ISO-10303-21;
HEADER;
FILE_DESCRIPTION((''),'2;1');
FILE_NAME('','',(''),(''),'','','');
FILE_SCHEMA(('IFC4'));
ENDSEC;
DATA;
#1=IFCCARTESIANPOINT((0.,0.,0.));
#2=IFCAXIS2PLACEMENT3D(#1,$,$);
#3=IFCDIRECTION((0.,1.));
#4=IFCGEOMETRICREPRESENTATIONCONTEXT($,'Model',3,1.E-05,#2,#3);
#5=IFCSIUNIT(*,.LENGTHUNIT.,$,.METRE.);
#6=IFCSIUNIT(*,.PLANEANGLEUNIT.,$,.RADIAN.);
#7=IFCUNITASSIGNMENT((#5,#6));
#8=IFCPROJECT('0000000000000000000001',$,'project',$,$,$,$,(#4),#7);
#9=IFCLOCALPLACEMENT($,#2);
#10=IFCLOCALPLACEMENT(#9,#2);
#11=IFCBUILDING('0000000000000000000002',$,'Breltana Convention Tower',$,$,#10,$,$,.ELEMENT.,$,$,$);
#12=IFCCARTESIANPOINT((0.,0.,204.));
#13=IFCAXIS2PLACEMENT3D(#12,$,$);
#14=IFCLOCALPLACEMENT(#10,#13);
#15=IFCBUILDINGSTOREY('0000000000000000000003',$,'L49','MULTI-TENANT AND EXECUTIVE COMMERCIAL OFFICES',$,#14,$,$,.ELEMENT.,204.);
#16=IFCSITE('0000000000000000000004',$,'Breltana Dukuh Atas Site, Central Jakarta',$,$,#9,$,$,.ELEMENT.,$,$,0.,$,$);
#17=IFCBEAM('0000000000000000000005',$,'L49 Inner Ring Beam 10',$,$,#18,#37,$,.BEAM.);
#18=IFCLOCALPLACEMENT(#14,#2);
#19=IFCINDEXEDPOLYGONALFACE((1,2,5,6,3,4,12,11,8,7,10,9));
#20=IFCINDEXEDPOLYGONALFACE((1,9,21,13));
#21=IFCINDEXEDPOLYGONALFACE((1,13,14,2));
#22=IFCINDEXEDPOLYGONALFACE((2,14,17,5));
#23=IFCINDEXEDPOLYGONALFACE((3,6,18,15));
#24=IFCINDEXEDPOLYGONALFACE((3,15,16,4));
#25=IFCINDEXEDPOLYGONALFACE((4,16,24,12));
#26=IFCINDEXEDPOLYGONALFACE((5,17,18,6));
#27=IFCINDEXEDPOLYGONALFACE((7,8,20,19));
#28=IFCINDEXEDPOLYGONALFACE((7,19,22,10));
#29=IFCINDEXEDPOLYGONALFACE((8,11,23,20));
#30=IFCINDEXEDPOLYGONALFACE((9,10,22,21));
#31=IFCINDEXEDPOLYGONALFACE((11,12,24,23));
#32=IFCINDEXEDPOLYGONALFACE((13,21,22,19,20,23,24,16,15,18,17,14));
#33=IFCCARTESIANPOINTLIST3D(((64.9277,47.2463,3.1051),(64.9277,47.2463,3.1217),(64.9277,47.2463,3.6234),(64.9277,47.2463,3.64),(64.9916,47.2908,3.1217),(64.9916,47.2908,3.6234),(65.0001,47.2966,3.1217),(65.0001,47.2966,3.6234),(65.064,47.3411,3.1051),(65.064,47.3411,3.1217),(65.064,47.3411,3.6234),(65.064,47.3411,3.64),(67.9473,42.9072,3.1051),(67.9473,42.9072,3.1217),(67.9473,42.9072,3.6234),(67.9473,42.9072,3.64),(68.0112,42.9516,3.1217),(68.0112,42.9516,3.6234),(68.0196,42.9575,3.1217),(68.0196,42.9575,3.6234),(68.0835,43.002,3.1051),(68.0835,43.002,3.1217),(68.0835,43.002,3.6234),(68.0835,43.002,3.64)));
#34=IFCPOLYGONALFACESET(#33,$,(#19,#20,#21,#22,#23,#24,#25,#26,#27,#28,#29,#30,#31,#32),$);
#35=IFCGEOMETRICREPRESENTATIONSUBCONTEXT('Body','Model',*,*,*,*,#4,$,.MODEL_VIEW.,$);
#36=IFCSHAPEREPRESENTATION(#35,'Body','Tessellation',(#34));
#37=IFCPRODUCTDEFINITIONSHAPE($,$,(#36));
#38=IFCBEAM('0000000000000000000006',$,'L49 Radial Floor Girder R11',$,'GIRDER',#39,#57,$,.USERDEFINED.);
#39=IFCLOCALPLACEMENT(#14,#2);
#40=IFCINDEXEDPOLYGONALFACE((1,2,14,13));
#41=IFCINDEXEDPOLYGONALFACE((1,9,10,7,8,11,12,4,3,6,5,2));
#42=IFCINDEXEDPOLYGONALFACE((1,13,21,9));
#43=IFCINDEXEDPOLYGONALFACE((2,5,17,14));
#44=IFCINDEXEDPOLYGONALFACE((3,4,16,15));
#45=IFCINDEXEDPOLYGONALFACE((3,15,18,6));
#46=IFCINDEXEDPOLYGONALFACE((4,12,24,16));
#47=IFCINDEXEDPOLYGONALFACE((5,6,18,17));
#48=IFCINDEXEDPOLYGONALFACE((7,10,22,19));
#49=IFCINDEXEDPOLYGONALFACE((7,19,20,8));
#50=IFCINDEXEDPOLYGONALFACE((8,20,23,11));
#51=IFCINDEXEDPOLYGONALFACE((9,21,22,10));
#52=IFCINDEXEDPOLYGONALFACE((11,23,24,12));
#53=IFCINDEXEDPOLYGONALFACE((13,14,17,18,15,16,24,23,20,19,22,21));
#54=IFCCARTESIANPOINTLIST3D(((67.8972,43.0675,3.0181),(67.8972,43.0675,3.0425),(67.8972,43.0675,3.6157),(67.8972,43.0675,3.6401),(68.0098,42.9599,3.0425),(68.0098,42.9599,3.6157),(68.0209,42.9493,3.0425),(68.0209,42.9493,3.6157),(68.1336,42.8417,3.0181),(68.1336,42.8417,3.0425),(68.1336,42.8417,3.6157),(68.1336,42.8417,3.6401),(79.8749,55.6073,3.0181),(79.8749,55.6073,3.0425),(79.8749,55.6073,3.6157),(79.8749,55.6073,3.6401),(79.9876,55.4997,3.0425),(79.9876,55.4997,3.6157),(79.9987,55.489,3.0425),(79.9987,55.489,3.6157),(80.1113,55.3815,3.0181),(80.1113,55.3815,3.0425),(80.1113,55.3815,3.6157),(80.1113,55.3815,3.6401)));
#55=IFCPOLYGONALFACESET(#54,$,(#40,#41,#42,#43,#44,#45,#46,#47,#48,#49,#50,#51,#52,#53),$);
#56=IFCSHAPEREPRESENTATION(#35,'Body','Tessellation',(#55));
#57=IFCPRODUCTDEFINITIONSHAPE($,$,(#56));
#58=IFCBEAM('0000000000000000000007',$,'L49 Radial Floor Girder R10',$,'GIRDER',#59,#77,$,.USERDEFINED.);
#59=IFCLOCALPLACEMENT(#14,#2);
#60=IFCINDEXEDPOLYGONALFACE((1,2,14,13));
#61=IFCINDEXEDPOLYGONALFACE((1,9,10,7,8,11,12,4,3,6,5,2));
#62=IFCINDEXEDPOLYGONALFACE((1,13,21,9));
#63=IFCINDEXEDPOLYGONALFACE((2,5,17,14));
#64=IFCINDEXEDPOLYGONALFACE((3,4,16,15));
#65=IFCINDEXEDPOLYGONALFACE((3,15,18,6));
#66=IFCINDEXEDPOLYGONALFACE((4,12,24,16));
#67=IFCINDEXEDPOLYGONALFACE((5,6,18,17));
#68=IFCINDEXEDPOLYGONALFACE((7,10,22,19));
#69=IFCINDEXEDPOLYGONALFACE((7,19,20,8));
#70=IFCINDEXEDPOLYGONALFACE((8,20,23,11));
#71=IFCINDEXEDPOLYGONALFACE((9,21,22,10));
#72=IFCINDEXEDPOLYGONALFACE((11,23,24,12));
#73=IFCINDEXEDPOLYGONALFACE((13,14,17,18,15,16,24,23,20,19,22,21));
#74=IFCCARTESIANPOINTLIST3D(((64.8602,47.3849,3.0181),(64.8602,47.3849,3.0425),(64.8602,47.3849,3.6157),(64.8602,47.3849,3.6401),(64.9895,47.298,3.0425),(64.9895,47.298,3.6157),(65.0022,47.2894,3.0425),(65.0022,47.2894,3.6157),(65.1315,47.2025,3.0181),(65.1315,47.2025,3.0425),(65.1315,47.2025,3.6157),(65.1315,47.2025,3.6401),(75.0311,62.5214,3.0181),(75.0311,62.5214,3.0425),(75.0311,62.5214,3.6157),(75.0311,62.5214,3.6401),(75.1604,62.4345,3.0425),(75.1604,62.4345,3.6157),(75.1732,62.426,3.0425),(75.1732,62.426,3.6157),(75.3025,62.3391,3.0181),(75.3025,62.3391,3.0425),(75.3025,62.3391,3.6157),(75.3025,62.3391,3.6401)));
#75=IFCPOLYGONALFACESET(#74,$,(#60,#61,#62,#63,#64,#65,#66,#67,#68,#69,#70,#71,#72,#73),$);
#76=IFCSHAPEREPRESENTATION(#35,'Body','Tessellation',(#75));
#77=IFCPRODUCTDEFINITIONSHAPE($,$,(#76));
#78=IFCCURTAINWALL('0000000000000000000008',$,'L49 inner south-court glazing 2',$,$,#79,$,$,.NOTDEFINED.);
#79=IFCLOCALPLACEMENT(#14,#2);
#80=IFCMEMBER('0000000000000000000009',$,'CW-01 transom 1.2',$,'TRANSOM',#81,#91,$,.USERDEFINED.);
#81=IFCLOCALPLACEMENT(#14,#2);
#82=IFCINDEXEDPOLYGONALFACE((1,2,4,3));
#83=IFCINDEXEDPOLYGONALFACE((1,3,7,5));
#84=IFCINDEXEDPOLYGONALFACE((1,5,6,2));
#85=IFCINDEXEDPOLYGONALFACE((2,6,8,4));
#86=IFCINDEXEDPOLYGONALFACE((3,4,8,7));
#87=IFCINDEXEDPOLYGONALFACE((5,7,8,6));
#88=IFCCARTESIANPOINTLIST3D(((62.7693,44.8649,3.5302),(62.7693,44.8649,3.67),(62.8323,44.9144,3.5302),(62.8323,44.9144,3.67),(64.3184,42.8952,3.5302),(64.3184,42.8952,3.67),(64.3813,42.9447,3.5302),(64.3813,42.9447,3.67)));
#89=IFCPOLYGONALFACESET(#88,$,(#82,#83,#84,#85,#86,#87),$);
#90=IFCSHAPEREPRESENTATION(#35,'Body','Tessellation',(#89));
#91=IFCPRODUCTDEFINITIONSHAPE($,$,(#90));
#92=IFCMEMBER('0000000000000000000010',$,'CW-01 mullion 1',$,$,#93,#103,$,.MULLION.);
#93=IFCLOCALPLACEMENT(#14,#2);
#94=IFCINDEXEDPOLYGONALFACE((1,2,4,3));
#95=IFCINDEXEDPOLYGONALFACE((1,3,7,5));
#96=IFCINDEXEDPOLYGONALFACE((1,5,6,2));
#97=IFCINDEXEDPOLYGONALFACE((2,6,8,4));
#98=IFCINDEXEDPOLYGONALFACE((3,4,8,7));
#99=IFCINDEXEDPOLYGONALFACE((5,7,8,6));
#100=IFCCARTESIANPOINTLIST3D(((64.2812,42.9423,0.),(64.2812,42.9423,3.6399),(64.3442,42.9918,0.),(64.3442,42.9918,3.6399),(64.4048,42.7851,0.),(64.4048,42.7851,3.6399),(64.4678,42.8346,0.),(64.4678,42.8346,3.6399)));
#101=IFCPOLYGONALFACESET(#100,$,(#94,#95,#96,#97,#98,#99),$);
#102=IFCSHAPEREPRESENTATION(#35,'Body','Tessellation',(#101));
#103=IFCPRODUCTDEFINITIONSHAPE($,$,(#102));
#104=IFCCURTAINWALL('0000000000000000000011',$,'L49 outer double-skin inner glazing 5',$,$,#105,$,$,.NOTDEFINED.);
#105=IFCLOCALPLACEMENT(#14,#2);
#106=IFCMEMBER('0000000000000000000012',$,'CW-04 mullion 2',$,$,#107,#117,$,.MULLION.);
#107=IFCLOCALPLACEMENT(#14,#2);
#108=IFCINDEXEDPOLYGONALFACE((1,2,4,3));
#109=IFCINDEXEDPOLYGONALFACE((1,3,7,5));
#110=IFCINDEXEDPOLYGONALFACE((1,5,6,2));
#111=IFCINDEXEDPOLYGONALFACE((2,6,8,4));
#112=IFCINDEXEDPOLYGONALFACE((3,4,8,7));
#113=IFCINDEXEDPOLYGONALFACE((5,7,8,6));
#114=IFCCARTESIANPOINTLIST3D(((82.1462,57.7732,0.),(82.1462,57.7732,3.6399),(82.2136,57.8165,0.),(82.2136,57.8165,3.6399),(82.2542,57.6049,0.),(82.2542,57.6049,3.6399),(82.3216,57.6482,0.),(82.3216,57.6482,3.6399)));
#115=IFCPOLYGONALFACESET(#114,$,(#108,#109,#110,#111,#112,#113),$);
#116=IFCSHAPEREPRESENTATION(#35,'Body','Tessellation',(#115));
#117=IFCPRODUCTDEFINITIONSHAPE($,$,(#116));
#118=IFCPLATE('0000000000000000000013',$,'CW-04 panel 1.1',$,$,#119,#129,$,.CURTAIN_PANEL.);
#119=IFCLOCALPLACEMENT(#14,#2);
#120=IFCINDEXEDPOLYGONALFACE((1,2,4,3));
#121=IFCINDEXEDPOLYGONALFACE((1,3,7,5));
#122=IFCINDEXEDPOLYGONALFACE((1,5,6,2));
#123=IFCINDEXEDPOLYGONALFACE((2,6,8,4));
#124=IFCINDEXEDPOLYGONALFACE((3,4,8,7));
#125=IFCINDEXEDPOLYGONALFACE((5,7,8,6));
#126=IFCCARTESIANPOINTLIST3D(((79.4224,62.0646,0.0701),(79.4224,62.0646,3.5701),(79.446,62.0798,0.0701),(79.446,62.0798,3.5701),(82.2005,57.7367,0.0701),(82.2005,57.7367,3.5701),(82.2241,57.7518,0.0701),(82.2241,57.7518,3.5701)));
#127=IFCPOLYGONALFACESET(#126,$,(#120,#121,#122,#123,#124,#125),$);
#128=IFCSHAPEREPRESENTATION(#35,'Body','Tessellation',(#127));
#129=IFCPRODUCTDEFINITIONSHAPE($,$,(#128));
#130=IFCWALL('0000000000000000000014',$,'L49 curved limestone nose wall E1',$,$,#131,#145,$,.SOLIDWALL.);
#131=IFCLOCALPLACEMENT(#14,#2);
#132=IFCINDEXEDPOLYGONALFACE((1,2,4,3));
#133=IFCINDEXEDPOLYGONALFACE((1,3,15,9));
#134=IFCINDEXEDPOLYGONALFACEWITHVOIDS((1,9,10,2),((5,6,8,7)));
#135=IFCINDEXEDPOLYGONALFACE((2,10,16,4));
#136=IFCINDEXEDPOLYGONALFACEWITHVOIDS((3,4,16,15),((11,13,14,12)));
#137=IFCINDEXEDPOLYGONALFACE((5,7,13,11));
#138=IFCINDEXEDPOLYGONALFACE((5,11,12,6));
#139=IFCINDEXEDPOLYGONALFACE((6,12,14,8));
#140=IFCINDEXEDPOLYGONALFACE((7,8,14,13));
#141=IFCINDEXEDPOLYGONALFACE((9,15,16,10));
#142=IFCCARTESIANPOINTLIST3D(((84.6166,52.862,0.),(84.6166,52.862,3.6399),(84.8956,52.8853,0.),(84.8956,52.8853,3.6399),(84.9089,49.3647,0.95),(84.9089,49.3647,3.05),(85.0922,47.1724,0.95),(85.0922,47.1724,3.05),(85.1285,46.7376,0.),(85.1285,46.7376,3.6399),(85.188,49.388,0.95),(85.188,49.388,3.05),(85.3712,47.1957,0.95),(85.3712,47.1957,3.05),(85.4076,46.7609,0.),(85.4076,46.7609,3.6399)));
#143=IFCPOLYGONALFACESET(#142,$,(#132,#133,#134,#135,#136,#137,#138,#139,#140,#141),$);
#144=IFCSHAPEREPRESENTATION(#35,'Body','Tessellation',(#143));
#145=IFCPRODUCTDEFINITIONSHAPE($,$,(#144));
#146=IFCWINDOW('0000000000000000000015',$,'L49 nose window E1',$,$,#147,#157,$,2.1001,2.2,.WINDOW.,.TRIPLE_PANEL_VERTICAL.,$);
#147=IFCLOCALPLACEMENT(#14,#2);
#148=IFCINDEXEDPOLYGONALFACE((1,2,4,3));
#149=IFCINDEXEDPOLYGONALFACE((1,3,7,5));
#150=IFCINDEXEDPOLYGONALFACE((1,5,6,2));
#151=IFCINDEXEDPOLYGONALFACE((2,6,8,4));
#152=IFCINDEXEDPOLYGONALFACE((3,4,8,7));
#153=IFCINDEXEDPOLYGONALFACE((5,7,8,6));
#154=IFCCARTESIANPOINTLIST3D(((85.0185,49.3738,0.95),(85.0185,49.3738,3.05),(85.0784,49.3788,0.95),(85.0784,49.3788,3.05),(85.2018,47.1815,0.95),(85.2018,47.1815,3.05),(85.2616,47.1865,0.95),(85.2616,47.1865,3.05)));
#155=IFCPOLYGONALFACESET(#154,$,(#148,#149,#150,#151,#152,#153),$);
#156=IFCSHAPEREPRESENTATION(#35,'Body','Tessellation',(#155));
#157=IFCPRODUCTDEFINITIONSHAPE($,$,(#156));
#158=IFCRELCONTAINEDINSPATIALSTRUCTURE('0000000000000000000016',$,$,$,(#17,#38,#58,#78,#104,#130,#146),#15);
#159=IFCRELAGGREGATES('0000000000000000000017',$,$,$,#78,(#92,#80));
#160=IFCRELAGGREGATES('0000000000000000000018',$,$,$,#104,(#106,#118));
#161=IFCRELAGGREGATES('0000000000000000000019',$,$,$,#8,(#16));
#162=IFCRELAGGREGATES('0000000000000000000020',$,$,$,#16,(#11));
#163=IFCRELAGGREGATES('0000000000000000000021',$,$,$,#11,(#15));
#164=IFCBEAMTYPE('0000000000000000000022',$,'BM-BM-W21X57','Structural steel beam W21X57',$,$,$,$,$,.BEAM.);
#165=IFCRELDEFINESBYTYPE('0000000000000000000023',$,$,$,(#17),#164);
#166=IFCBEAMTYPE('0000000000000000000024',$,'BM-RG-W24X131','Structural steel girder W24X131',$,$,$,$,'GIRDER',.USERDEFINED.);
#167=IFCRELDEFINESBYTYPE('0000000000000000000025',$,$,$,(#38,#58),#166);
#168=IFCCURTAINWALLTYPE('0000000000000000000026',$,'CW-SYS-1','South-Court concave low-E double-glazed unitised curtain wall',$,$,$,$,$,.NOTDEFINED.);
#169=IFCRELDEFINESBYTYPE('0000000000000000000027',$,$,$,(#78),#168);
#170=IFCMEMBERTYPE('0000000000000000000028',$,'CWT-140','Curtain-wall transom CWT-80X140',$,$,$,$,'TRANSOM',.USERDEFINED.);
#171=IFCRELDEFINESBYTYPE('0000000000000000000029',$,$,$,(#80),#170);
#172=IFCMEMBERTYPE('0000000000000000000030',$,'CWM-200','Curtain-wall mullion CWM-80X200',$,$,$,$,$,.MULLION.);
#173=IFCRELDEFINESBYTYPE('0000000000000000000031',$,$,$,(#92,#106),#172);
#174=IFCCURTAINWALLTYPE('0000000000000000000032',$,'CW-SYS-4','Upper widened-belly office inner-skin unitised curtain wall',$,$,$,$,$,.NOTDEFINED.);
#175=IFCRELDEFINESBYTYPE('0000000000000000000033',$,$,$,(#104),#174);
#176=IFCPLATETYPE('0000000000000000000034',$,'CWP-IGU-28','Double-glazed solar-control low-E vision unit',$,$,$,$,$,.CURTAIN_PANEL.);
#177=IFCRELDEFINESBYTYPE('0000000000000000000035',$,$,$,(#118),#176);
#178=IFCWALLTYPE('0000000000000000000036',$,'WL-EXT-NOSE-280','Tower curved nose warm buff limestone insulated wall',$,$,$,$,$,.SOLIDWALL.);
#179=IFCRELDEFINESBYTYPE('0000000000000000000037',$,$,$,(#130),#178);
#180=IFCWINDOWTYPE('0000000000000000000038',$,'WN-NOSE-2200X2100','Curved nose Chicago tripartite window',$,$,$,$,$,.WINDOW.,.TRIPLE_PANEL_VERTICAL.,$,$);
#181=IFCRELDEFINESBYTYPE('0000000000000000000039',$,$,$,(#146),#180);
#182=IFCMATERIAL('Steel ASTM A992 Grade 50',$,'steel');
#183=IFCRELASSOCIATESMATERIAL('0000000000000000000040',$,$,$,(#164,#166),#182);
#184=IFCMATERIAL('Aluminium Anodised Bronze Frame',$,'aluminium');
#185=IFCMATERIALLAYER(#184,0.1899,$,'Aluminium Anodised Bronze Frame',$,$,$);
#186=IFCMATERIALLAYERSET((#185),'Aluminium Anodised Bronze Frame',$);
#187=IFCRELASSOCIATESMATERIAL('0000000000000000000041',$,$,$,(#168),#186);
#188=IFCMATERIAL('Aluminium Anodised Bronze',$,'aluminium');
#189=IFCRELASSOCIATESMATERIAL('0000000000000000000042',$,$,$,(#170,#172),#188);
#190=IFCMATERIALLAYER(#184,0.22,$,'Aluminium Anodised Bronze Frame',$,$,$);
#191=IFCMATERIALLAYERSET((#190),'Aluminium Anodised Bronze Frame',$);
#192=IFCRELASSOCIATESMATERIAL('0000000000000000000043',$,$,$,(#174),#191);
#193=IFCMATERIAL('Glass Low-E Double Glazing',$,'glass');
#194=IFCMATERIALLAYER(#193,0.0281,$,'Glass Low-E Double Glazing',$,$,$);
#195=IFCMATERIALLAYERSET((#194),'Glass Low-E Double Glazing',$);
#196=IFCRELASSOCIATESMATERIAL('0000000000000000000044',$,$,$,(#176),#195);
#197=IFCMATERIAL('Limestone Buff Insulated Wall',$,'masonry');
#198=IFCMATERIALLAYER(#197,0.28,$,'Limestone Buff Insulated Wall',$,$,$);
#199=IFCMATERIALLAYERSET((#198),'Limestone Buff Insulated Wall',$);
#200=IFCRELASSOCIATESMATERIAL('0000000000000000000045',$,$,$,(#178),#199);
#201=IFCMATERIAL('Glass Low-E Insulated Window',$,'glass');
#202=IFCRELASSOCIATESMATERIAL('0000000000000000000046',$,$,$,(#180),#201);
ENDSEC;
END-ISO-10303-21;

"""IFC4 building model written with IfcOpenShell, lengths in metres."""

from ifc_helpers import new_model, si_unit, direction, frame, frame_2d, origin, origin_2d, place, context, subcontext, project, spatial, rectangle, i_section, extrude, source, transform, mapped, material, layer, layer_set, material_profile, profile_set, type_object, type_shapes, element, fill, aggregate, save


model = new_model("IFC4")

# Units and contexts
model_context = context("Model", 3, precision=1e-05, world=origin(), true_north=direction((0.0, 1.0)))
body_context = subcontext(model_context, "Body", "Model", "MODEL_VIEW")
ifc_project = project(units=[si_unit("LENGTHUNIT", "METRE"), si_unit("PLANEANGLEUNIT", "RADIAN")], contexts=[model_context])

# Site, building, storey
site_placement = place(None, origin())
site = spatial("IfcSite", under=ifc_project, at=site_placement, Name="Breltana Dukuh Atas Site, Central Jakarta", CompositionType="ELEMENT", RefElevation=0.0)
building_placement = place(site_placement, origin())
building = spatial("IfcBuilding", under=site, at=building_placement, Name="Breltana Convention Tower", CompositionType="ELEMENT")
storey_placement = place(building_placement, frame((0.0, 0.0, 204.0)))
storey = spatial("IfcBuildingStorey", under=building, at=storey_placement, Name="L49", Description="MULTI-TENANT AND EXECUTIVE COMMERCIAL OFFICES", CompositionType="ELEMENT", Elevation=204.0)

# Shared definitions
ifc_material_1 = material(Name="Steel ASTM A992 Grade 50", Category="steel")

# Beams
ifc_material_profile_1 = material_profile(ifc_material_1, i_section(OverallWidth=0.166, OverallDepth=0.5349, WebThickness=0.0103, FlangeThickness=0.0166, at=origin_2d()), Name="W21X57")
ifc_profile_set_1 = profile_set([ifc_material_profile_1], Name="Steel ASTM A992 Grade 50")
beam_type_1 = type_object("IfcBeamType", Name="BM-BM-W21X57", Description="Structural steel beam W21X57", PredefinedType="BEAM", material=ifc_profile_set_1)
shared_shape_1 = source(origin(), body_context, "Body", "SweptSolid", [
    extrude(i_section(OverallWidth=0.166, OverallDepth=0.5349, WebThickness=0.0103, FlangeThickness=0.0166, at=origin_2d()), origin(), (0.0, 0.0, 1.0), 5.2864),
])
beam_1_placement = place(storey_placement, frame((64.9958, 47.2937, 3.3726), z_axis=(0.571194, -0.820815, 0.0), x_axis=(0.820815, 0.571194, 0.0)))
element("IfcBeam", 1, at=beam_1_placement, inside=storey, type_object=beam_type_1, Name="L49 Inner Ring Beam 10", PredefinedType="BEAM", context=body_context, shape_type="MappedRepresentation", body=[
    mapped(shared_shape_1, transform((0.0, 0.0, 0.0), scale=1.0)),
])
ifc_material_profile_2 = material_profile(ifc_material_1, i_section(OverallWidth=0.3269, OverallDepth=0.6221, WebThickness=0.0154, FlangeThickness=0.0244, at=origin_2d()), Name="W24X131")
ifc_profile_set_2 = profile_set([ifc_material_profile_2], Name="Steel ASTM A992 Grade 50")
beam_type_2 = type_object("IfcBeamType", Name="BM-RG-W24X131", Description="Structural steel girder W24X131", ElementType="GIRDER", PredefinedType="USERDEFINED", material=ifc_profile_set_2)
shared_shape_2 = source(origin(), body_context, "Body", "SweptSolid", [
    extrude(i_section(OverallWidth=0.3269, OverallDepth=0.6221, WebThickness=0.0154, FlangeThickness=0.0244, at=origin_2d()), origin(), (0.0, 0.0, 1.0), 17.3411),
])
type_shapes(beam_type_2, [shared_shape_2])
beam_2_placement = place(storey_placement, frame((68.0154, 42.9546, 3.3291), z_axis=(0.690716, 0.723126, 0.0), x_axis=(-0.723126, 0.690716, 0.0)))
element("IfcBeam", 2, at=beam_2_placement, inside=storey, type_object=beam_type_2, Name="L49 Radial Floor Girder R11", ObjectType="GIRDER", PredefinedType="USERDEFINED", context=body_context, shape_type="MappedRepresentation", body=[
    mapped(shared_shape_2, transform((0.0, 0.0, 0.0), scale=1.0)),
])
shared_shape_3 = source(origin(), body_context, "Body", "SweptSolid", [
    extrude(i_section(OverallWidth=0.3269, OverallDepth=0.6221, WebThickness=0.0154, FlangeThickness=0.0244, at=origin_2d()), origin(), (0.0, 0.0, 1.0), 18.2363),
])
beam_3_placement = place(storey_placement, frame((64.9958, 47.2937, 3.3291), z_axis=(0.55773, 0.830022, 0.0), x_axis=(-0.830022, 0.55773, 0.0)))
element("IfcBeam", 3, at=beam_3_placement, inside=storey, type_object=beam_type_2, Name="L49 Radial Floor Girder R10", ObjectType="GIRDER", PredefinedType="USERDEFINED", context=body_context, shape_type="MappedRepresentation", body=[
    mapped(shared_shape_3, transform((0.0, 0.0, 0.0), scale=1.0)),
])

# Curtain wall, members
ifc_material_2 = material(Name="Aluminium Anodised Bronze Frame", Category="aluminium")
ifc_layer_1 = layer(ifc_material_2, 0.1899, Name="Aluminium Anodised Bronze Frame")
ifc_layer_set_1 = layer_set([ifc_layer_1], Name="Aluminium Anodised Bronze Frame")
curtain_wall_type_1 = type_object("IfcCurtainWallType", Name="CW-SYS-1", Description="South-Court concave low-E double-glazed unitised curtain wall", PredefinedType="NOTDEFINED", material=ifc_layer_set_1)
curtain_wall_1_placement = place(storey_placement, origin())
curtain_wall_1 = element("IfcCurtainWall", 4, at=curtain_wall_1_placement, inside=storey, type_object=curtain_wall_type_1, Name="L49 inner south-court glazing 2", PredefinedType="NOTDEFINED")
ifc_material_3 = material(Name="Aluminium Anodised Bronze", Category="aluminium")
ifc_material_profile_3 = material_profile(ifc_material_3, rectangle(XDim=0.0801, YDim=0.1399, at=origin_2d()), Name="CWT-80X140")
ifc_profile_set_3 = profile_set([ifc_material_profile_3], Name="Aluminium Anodised Bronze")
member_type_1 = type_object("IfcMemberType", Name="CWT-140", Description="Curtain-wall transom CWT-80X140", ElementType="TRANSOM", PredefinedType="USERDEFINED", material=ifc_profile_set_3)
shared_shape_4 = source(origin(), body_context, "Body", "SweptSolid", [
    extrude(rectangle(XDim=0.0801, YDim=0.1399, at=origin_2d()), origin(), (0.0, 0.0, 1.0), 2.5059),
])
member_1_placement = place(storey_placement, frame((64.3499, 42.9199, 3.6001), z_axis=(-0.618174, 0.786041, 0.0), x_axis=(-0.786041, -0.618174, 0.0)))
member_1 = element("IfcMember", 5, at=member_1_placement, type_object=member_type_1, Name="CW-01 transom 1.2", ObjectType="TRANSOM", PredefinedType="USERDEFINED", context=body_context, shape_type="MappedRepresentation", body=[
    mapped(shared_shape_4, transform((0.0, 0.0, 0.0), scale=1.0)),
])
ifc_material_profile_4 = material_profile(ifc_material_3, rectangle(XDim=0.0801, YDim=0.2, at=origin_2d()), Name="CWM-80X200")
ifc_profile_set_4 = profile_set([ifc_material_profile_4], Name="Aluminium Anodised Bronze")
member_type_2 = type_object("IfcMemberType", Name="CWM-200", Description="Curtain-wall mullion CWM-80X200", PredefinedType="MULLION", material=ifc_profile_set_4)
shared_shape_5 = source(origin(), body_context, "Body", "SweptSolid", [
    extrude(rectangle(XDim=0.0801, YDim=0.2, at=origin_2d()), origin(), (0.0, 0.0, 1.0), 3.6399),
])
member_2_placement = place(storey_placement, frame((64.3745, 42.8884, 0.0), z_axis=(0.0, 0.0, 1.0), x_axis=(-0.786061, -0.61815, 0.0)))
member_2 = element("IfcMember", 6, at=member_2_placement, type_object=member_type_2, Name="CW-01 mullion 1", PredefinedType="MULLION", context=body_context, shape_type="MappedRepresentation", body=[
    mapped(shared_shape_5, transform((0.0, 0.0, 0.0), scale=1.0)),
])
aggregate(curtain_wall_1, [member_2, member_1])

# Curtain wall, member, plate
ifc_layer_2 = layer(ifc_material_2, 0.22, Name="Aluminium Anodised Bronze Frame")
ifc_layer_set_2 = layer_set([ifc_layer_2], Name="Aluminium Anodised Bronze Frame")
curtain_wall_type_2 = type_object("IfcCurtainWallType", Name="CW-SYS-4", Description="Upper widened-belly office inner-skin unitised curtain wall", PredefinedType="NOTDEFINED", material=ifc_layer_set_2)
curtain_wall_2_placement = place(storey_placement, origin())
curtain_wall_2 = element("IfcCurtainWall", 7, at=curtain_wall_2_placement, inside=storey, type_object=curtain_wall_type_2, Name="L49 outer double-skin inner glazing 5", PredefinedType="NOTDEFINED")
member_3_placement = place(storey_placement, frame((82.2339, 57.7107, 0.0), z_axis=(0.0, 0.0, 1.0), x_axis=(0.841548, 0.540182, 0.0)))
member_3 = element("IfcMember", 8, at=member_3_placement, type_object=member_type_2, Name="CW-04 mullion 2", PredefinedType="MULLION", context=body_context, shape_type="MappedRepresentation", body=[
    mapped(shared_shape_5, transform((0.0, 0.0, 0.0), scale=1.0)),
])
ifc_material_4 = material(Name="Glass Low-E Double Glazing", Category="glass")
ifc_layer_3 = layer(ifc_material_4, 0.0281, Name="Glass Low-E Double Glazing")
ifc_layer_set_3 = layer_set([ifc_layer_3], Name="Glass Low-E Double Glazing")
plate_type = type_object("IfcPlateType", Name="CWP-IGU-28", Description="Double-glazed solar-control low-E vision unit", PredefinedType="CURTAIN_PANEL", material=ifc_layer_set_3)
shared_shape_6 = source(origin(), body_context, "Body", "SweptSolid", [
    extrude(rectangle(XDim=5.1428, YDim=0.0281, at=origin_2d()), origin(), (0.0, 0.0, 1.0), 3.5),
])
plate_placement = place(storey_placement, frame((80.8232, 59.9082, 0.0701), z_axis=(0.0, 0.0, 1.0), x_axis=(0.540182, -0.841548, 0.0)))
plate = element("IfcPlate", 9, at=plate_placement, type_object=plate_type, Name="CW-04 panel 1.1", PredefinedType="CURTAIN_PANEL", context=body_context, shape_type="MappedRepresentation", body=[
    mapped(shared_shape_6, transform((0.0, 0.0, 0.0), scale=1.0)),
])
aggregate(curtain_wall_2, [member_3, plate])

# Wall, opening, window
ifc_material_5 = material(Name="Limestone Buff Insulated Wall", Category="masonry")
ifc_layer_4 = layer(ifc_material_5, 0.28, Name="Limestone Buff Insulated Wall")
ifc_layer_set_4 = layer_set([ifc_layer_4], Name="Limestone Buff Insulated Wall")
wall_type = type_object("IfcWallType", Name="WL-EXT-NOSE-280", Description="Tower curved nose warm buff limestone insulated wall", PredefinedType="SOLIDWALL", material=ifc_layer_set_4)
shared_shape_7 = source(origin(), body_context, "Body", "SweptSolid", [
    extrude(rectangle(XDim=6.1458, YDim=0.28, at=frame_2d((3.0728, 0.0))), origin(), (0.0, 0.0, 1.0), 3.6399),
])
wall_1_placement = place(storey_placement, frame((84.7561, 52.8735, 0.0), z_axis=(0.0, 0.0, 1.0), x_axis=(0.083302, -0.996524, 0.0)))
wall_1 = element("IfcWall", 10, at=wall_1_placement, inside=storey, type_object=wall_type, Name="L49 curved limestone nose wall E1", PredefinedType="SOLIDWALL", context=body_context, shape_type="MappedRepresentation", body=[
    mapped(shared_shape_7, transform((0.0, 0.0, 0.0), scale=1.0)),
])
opening_1_placement = place(wall_1_placement, frame((3.5093, 0.0, 0.95)))
opening_1 = element("IfcOpeningElement", 11, at=opening_1_placement, cuts=wall_1, PredefinedType="OPENING", context=body_context, shape_type="SweptSolid", body=[
    extrude(rectangle(XDim=2.2, YDim=2.1001, at=frame_2d((1.1001, 1.05))), frame((0.0, 0.1499, 0.0), z_axis=(0.0, -1.0, 0.0), x_axis=(1.0, 0.0, 0.0)), (0.0, 0.0, 1.0), 0.3),
])
ifc_material_6 = material(Name="Glass Low-E Insulated Window", Category="glass")
window_type = type_object("IfcWindowType", Name="WN-NOSE-2200X2100", Description="Curved nose Chicago tripartite window", PartitioningType="TRIPLE_PANEL_VERTICAL", PredefinedType="WINDOW", material=ifc_material_6)
shared_shape_8 = source(origin(), body_context, "Body", "SweptSolid", [
    extrude(rectangle(XDim=2.2, YDim=2.1001, at=frame_2d((1.1001, 1.05))), frame((0.0, 0.03, 0.0), z_axis=(0.0, -1.0, 0.0), x_axis=(1.0, 0.0, 0.0)), (0.0, 0.0, 1.0), 0.0601),
])
type_shapes(window_type, [shared_shape_8])
window_1_placement = place(opening_1_placement, origin())
window_1 = element("IfcWindow", 12, at=window_1_placement, inside=storey, type_object=window_type, Name="L49 nose window E1", OverallHeight=2.1001, OverallWidth=2.2, PartitioningType="TRIPLE_PANEL_VERTICAL", PredefinedType="WINDOW", context=body_context, shape_type="MappedRepresentation", body=[
    mapped(shared_shape_8, transform((0.0, 0.0, 0.0), scale=1.0)),
])
fill(opening_1, window_1)

save(model, "model.ifc")
